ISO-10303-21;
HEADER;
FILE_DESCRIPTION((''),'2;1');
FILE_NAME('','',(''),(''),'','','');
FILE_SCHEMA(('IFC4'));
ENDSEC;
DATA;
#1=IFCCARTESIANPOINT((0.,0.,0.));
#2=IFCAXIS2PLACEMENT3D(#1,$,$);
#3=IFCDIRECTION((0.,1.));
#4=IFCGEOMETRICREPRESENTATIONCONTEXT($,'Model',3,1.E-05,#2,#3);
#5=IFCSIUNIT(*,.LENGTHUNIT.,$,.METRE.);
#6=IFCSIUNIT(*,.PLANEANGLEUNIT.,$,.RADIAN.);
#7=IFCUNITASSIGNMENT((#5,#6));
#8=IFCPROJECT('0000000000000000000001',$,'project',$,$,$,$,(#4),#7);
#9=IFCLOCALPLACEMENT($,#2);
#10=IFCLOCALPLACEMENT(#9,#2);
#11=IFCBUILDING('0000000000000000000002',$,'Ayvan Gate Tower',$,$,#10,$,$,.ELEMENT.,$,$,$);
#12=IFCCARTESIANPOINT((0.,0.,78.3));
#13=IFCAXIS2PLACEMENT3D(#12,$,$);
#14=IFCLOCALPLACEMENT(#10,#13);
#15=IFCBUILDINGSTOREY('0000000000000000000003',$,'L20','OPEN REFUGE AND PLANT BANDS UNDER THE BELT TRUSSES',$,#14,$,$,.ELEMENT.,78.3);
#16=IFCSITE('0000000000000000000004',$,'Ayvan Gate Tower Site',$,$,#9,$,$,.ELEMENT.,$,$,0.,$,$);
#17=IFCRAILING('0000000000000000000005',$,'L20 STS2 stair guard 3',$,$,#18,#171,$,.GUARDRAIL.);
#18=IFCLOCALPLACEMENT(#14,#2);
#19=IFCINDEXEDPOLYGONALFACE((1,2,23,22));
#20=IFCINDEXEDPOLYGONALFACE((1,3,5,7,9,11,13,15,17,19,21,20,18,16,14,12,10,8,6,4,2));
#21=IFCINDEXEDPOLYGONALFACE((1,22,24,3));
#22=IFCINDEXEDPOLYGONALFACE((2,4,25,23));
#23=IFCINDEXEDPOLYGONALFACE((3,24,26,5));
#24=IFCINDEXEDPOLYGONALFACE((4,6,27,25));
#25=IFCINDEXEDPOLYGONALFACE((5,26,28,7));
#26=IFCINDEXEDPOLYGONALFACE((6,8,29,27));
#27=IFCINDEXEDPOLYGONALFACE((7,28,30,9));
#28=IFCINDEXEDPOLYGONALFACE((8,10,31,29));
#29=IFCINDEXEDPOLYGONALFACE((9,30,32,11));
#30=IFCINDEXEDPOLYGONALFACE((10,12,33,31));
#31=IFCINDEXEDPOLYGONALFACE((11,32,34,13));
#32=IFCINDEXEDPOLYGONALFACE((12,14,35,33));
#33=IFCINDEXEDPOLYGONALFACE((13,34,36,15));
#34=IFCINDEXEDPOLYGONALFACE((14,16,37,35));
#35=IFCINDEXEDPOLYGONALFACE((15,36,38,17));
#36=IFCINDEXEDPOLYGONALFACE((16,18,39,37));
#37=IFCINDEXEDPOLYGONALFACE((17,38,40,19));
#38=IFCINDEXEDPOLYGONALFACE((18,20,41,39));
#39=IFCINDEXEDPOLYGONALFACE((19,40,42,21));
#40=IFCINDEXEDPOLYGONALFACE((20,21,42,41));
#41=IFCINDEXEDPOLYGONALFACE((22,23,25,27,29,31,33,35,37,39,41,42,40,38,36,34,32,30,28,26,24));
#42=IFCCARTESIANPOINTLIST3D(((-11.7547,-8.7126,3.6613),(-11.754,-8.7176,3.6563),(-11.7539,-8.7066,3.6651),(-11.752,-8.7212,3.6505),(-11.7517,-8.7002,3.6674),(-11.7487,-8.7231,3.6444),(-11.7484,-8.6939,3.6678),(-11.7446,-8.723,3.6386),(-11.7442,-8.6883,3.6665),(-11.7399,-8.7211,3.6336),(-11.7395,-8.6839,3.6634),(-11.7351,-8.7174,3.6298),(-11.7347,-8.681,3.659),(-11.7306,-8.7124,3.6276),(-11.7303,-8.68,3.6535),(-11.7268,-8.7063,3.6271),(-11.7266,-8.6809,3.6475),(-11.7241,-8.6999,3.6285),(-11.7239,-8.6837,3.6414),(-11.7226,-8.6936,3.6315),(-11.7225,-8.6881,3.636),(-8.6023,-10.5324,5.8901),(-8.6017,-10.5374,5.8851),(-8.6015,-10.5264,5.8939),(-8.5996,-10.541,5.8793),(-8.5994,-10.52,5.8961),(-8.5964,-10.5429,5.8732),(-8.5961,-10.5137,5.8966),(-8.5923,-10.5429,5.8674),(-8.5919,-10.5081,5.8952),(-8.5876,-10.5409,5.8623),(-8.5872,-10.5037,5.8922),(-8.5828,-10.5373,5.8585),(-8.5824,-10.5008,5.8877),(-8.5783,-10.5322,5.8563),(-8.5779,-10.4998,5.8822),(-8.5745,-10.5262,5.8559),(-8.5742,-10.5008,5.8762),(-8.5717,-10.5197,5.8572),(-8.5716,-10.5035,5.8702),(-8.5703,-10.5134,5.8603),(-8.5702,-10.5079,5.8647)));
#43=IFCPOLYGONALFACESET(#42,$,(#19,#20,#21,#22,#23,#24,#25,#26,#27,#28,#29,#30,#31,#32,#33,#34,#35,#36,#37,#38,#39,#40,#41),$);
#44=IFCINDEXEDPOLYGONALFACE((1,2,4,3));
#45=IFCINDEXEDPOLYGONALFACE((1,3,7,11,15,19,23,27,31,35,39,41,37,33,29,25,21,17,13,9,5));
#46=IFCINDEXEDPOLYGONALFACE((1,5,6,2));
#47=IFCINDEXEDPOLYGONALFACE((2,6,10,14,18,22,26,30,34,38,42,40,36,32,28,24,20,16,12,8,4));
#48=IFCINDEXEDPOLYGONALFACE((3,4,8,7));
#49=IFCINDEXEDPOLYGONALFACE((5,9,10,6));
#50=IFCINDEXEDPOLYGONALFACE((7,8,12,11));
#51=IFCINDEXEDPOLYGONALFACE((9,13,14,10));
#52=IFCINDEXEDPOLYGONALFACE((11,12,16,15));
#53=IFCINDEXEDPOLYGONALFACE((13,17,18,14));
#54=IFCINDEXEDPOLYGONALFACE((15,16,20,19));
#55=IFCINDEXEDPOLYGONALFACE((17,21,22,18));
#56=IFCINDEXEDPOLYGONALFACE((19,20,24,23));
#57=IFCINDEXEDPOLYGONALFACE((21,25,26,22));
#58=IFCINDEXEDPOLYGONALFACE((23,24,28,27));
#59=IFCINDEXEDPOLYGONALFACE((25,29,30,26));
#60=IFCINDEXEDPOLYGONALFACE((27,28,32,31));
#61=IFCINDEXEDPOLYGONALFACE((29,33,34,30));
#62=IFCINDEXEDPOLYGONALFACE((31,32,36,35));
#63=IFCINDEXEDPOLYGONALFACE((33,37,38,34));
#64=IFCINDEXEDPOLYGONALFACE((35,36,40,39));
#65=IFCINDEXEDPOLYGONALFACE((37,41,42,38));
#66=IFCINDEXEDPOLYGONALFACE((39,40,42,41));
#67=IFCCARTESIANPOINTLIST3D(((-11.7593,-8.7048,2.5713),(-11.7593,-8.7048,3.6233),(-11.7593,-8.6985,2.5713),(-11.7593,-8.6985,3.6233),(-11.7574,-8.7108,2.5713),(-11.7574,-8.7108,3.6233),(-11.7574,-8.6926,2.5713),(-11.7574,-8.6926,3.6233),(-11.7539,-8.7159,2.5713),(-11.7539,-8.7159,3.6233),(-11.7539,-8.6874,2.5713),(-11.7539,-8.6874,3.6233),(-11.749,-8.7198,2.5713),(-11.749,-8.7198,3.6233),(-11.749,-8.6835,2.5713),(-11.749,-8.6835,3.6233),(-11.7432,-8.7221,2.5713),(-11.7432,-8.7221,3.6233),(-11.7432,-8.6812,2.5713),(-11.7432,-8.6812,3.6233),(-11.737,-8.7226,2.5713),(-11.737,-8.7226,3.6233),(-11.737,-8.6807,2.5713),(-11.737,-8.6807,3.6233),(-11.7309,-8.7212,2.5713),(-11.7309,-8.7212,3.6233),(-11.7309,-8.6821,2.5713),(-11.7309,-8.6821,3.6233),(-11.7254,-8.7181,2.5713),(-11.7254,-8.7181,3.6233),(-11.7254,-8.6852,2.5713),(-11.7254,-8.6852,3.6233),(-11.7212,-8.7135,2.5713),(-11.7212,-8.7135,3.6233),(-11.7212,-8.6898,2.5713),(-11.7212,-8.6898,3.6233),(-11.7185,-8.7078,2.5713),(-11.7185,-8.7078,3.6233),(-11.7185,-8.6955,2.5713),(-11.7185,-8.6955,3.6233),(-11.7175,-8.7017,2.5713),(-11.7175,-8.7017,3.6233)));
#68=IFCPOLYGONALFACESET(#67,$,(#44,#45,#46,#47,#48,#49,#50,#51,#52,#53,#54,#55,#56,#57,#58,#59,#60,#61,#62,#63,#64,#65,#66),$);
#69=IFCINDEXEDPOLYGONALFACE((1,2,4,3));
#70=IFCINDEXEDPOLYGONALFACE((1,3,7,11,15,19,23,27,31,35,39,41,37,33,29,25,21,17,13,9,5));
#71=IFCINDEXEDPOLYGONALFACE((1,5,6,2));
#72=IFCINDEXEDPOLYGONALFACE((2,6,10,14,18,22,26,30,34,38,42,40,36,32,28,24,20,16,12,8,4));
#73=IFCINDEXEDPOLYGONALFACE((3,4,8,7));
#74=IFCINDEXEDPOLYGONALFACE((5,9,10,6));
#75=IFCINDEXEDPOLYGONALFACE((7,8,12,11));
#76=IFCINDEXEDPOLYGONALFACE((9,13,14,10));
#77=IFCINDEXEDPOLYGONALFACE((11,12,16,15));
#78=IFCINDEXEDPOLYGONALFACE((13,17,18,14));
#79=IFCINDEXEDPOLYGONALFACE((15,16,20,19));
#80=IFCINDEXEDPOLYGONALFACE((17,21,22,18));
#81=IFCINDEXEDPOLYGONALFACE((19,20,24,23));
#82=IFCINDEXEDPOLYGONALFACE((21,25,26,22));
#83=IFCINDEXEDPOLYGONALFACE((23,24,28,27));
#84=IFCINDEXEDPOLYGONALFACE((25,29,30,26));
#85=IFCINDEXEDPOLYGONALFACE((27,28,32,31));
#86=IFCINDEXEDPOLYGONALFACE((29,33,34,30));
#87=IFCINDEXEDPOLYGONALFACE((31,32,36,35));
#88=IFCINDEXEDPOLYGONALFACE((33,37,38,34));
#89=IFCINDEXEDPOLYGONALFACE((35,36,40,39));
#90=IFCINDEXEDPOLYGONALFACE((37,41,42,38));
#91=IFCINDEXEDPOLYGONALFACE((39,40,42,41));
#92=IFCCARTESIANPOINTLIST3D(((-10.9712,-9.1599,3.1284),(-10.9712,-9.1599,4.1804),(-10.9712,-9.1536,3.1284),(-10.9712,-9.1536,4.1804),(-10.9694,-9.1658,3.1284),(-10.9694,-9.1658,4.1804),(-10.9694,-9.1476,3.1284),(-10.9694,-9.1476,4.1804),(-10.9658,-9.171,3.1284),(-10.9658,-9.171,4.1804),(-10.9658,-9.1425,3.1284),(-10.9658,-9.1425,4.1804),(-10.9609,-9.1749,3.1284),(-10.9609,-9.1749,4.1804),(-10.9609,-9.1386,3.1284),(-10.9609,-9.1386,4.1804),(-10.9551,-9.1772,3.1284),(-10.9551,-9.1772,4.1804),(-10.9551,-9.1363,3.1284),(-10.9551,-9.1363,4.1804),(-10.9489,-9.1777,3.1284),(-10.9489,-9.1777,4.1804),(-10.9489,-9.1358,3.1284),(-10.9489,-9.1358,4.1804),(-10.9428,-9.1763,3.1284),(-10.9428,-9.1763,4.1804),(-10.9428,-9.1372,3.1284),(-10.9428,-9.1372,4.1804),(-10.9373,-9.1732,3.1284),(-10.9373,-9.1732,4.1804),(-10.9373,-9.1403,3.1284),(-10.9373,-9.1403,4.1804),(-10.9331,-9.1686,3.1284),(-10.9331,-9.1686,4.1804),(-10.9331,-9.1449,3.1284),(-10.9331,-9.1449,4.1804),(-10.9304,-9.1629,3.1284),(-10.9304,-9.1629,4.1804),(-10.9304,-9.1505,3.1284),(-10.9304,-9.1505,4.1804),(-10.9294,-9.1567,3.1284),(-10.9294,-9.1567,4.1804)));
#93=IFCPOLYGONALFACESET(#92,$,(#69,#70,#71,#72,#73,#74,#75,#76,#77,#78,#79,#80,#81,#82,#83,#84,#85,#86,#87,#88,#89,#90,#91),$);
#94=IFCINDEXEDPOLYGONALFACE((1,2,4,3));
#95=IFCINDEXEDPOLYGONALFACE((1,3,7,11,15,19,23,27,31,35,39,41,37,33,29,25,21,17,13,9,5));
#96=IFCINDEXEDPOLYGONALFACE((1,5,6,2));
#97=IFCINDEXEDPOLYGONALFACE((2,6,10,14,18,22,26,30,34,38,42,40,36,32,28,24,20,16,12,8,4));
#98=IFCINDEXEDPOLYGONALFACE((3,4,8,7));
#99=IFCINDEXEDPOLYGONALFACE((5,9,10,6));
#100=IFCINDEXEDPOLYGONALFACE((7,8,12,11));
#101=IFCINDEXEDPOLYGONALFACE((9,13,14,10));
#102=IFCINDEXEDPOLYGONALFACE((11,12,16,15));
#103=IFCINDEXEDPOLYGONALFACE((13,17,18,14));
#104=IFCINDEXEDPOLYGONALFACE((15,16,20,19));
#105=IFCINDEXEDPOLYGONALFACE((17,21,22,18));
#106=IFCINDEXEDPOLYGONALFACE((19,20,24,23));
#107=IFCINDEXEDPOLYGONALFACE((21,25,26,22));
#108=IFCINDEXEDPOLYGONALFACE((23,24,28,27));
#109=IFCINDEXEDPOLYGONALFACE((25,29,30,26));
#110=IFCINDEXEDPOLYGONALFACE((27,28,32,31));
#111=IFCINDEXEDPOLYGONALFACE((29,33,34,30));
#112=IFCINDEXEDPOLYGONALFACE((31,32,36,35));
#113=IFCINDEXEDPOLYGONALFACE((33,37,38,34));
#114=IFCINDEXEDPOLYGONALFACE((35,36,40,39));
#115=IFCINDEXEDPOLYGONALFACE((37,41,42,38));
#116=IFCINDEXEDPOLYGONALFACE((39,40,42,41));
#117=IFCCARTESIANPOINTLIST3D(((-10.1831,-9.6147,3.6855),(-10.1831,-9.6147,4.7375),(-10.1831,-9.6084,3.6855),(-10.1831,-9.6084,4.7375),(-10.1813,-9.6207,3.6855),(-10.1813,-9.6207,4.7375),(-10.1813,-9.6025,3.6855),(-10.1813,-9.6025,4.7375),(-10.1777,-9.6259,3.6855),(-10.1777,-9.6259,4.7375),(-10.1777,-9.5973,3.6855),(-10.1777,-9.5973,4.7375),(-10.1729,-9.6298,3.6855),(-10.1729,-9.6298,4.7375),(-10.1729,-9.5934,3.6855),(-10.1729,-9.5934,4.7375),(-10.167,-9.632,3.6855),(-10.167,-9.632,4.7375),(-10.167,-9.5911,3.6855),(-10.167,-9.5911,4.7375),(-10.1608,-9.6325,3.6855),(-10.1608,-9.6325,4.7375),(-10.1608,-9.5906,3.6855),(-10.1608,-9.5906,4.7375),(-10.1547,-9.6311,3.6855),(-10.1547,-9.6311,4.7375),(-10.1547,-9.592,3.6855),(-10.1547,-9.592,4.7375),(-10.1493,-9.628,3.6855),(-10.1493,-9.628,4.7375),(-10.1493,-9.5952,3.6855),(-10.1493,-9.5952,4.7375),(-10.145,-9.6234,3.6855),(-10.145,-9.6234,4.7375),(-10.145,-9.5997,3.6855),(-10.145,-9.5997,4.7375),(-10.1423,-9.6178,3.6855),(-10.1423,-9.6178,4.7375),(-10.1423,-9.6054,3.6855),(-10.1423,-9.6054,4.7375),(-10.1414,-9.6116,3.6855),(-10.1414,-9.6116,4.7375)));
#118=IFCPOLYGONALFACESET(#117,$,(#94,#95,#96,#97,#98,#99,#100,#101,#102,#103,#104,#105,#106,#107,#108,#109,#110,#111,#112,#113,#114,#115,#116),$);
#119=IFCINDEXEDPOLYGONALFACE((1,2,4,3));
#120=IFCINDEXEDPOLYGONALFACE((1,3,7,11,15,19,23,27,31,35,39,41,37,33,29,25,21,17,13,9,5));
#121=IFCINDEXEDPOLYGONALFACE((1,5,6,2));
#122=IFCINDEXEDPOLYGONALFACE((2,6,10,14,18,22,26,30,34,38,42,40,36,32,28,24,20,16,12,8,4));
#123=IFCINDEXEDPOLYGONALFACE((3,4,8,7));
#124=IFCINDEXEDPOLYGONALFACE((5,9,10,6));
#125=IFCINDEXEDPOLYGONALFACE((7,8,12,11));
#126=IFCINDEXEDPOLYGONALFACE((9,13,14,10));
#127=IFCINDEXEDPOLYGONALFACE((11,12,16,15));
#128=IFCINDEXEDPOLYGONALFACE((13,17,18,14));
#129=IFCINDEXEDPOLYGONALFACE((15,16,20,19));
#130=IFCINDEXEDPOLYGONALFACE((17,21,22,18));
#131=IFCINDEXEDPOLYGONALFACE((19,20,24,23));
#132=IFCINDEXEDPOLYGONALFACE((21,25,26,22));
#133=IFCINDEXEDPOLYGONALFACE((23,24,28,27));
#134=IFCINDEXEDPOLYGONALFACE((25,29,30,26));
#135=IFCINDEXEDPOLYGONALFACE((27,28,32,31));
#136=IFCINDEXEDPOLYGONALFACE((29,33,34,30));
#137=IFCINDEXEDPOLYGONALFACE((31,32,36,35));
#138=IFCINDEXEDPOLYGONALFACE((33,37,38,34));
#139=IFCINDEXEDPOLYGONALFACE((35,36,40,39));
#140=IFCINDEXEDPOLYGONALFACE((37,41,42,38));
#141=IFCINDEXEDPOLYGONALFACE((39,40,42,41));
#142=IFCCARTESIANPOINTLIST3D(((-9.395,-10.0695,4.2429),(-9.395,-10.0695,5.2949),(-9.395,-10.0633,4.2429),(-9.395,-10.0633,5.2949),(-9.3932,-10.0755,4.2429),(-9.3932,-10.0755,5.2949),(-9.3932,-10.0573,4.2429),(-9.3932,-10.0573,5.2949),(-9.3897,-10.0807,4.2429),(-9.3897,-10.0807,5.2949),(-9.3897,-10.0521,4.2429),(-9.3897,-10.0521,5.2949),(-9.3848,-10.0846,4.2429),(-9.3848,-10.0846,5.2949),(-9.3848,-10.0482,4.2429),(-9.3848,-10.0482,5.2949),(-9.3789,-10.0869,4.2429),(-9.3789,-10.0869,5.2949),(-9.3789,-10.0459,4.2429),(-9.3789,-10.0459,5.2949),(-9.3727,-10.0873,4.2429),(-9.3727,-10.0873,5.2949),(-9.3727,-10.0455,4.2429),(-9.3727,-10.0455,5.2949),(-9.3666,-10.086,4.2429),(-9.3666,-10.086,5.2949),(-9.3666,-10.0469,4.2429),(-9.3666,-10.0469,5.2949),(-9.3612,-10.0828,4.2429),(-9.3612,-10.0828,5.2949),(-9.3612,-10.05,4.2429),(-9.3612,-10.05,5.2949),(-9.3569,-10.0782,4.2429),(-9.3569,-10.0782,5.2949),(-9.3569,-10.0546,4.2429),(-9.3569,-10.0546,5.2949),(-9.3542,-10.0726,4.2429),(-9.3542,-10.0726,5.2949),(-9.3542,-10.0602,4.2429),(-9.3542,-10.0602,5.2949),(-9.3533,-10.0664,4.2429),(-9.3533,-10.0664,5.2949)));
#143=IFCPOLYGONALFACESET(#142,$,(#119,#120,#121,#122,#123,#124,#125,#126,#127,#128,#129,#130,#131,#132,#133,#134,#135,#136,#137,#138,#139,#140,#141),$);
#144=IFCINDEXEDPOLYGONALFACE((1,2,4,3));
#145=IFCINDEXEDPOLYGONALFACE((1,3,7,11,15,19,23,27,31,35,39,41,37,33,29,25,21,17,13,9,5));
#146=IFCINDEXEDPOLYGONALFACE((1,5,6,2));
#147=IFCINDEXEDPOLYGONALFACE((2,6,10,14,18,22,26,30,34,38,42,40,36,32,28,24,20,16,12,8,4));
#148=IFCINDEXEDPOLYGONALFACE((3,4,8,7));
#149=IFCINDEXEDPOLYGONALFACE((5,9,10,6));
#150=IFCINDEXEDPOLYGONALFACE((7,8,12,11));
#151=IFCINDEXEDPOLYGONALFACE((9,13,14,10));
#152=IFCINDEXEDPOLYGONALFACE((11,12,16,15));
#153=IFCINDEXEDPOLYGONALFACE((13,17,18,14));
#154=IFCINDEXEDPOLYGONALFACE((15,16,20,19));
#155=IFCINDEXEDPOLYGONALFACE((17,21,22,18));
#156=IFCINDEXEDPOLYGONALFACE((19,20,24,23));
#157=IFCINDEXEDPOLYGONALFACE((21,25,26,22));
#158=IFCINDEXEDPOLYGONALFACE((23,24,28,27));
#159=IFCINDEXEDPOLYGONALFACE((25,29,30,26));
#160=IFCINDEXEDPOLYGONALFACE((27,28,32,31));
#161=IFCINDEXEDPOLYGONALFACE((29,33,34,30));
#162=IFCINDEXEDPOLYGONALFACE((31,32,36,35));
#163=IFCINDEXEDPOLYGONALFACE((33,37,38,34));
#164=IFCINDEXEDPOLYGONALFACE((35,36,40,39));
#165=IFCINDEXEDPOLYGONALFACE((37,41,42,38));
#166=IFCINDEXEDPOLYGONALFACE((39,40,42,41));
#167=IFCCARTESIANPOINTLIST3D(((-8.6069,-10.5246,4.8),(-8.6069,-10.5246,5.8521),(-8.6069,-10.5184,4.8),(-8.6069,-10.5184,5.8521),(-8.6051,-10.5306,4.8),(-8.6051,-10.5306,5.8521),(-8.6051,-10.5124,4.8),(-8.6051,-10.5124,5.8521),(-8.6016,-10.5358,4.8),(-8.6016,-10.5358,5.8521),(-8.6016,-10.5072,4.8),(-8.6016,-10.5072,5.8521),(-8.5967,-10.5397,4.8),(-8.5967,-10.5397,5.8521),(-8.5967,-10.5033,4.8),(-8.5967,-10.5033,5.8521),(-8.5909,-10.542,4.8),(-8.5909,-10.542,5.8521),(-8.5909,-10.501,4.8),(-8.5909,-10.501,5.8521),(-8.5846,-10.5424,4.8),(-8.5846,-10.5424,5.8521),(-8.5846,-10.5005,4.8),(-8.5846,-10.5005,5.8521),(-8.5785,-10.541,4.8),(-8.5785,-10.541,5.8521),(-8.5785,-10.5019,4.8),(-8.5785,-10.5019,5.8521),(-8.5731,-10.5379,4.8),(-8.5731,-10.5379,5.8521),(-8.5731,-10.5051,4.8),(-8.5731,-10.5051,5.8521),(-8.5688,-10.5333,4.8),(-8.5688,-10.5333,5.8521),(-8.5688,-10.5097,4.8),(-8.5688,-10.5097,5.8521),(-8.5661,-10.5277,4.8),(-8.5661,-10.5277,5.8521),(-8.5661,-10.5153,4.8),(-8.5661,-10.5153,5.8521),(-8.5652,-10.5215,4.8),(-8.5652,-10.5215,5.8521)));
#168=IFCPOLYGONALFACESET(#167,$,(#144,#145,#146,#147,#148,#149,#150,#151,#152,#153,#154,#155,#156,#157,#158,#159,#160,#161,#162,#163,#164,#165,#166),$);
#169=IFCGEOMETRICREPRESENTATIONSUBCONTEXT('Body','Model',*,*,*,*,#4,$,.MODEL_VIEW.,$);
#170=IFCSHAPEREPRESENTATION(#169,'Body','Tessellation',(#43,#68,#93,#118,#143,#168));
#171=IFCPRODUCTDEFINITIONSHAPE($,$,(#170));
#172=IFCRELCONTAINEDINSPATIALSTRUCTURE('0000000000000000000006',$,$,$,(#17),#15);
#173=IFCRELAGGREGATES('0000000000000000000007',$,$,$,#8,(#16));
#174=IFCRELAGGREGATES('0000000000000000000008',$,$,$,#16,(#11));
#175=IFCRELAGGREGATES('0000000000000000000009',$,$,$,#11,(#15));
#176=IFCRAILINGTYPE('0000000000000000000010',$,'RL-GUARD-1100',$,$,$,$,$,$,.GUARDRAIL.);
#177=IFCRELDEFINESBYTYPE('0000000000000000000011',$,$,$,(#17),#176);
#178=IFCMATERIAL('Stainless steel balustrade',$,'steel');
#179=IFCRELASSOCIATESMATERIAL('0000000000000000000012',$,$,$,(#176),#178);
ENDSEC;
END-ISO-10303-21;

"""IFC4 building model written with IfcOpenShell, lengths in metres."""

from ifc_helpers import new_model, si_unit, direction, frame, origin, origin_2d, place, context, subcontext, project, spatial, circle, extrude, material, type_object, element, save


model = new_model("IFC4")

# Units and contexts
model_context = context("Model", 3, precision=1e-05, world=origin(), true_north=direction((0.0, 1.0)))
body_context = subcontext(model_context, "Body", "Model", "MODEL_VIEW")
ifc_project = project(units=[si_unit("LENGTHUNIT", "METRE"), si_unit("PLANEANGLEUNIT", "RADIAN")], contexts=[model_context])

# Site, building, storey
site_placement = place(None, origin())
site = spatial("IfcSite", under=ifc_project, at=site_placement, Name="Ayvan Gate Tower Site", CompositionType="ELEMENT", RefElevation=0.0)
building_placement = place(site_placement, origin())
building = spatial("IfcBuilding", under=site, at=building_placement, Name="Ayvan Gate Tower", CompositionType="ELEMENT")
storey_placement = place(building_placement, frame((0.0, 0.0, 78.3)))
storey = spatial("IfcBuildingStorey", under=building, at=storey_placement, Name="L20", Description="OPEN REFUGE AND PLANT BANDS UNDER THE BELT TRUSSES", CompositionType="ELEMENT", Elevation=78.3)

# Railing
ifc_material_1 = material(Name="Stainless steel balustrade", Category="steel")
railing_type_1 = type_object("IfcRailingType", Name="RL-GUARD-1100", PredefinedType="GUARDRAIL", material=ifc_material_1)
railing_1_placement = place(storey_placement, frame((-11.7385, -8.7017, 2.5713)))
element("IfcRailing", 1, at=railing_1_placement, inside=storey, type_object=railing_type_1, Name="L20 STS2 stair guard 3", PredefinedType="GUARDRAIL", context=body_context, shape_type="SweptSolid", body=[
    extrude(circle(Radius=0.0239, at=origin_2d()), frame((0.0, 0.0, 1.0762), z_axis=(0.738588, -0.426381, 0.522194), x_axis=(0.499962, 0.866047, 0.0)), (0.0, 0.0, 1.0), 4.2681),
    extrude(circle(Radius=0.021, at=origin_2d()), origin(), (0.0, 0.0, 1.0), 1.052),
    extrude(circle(Radius=0.021, at=origin_2d()), frame((0.7881, -0.4551, 0.5571)), (0.0, 0.0, 1.0), 1.052),
    extrude(circle(Radius=0.021, at=origin_2d()), frame((1.5762, -0.9099, 1.1143)), (0.0, 0.0, 1.0), 1.052),
    extrude(circle(Radius=0.021, at=origin_2d()), frame((2.3643, -1.3647, 1.6716)), (0.0, 0.0, 1.0), 1.052),
    extrude(circle(Radius=0.021, at=origin_2d()), frame((3.1523, -1.8198, 2.2288)), (0.0, 0.0, 1.0), 1.052),
])

save(model, "model.ifc")
